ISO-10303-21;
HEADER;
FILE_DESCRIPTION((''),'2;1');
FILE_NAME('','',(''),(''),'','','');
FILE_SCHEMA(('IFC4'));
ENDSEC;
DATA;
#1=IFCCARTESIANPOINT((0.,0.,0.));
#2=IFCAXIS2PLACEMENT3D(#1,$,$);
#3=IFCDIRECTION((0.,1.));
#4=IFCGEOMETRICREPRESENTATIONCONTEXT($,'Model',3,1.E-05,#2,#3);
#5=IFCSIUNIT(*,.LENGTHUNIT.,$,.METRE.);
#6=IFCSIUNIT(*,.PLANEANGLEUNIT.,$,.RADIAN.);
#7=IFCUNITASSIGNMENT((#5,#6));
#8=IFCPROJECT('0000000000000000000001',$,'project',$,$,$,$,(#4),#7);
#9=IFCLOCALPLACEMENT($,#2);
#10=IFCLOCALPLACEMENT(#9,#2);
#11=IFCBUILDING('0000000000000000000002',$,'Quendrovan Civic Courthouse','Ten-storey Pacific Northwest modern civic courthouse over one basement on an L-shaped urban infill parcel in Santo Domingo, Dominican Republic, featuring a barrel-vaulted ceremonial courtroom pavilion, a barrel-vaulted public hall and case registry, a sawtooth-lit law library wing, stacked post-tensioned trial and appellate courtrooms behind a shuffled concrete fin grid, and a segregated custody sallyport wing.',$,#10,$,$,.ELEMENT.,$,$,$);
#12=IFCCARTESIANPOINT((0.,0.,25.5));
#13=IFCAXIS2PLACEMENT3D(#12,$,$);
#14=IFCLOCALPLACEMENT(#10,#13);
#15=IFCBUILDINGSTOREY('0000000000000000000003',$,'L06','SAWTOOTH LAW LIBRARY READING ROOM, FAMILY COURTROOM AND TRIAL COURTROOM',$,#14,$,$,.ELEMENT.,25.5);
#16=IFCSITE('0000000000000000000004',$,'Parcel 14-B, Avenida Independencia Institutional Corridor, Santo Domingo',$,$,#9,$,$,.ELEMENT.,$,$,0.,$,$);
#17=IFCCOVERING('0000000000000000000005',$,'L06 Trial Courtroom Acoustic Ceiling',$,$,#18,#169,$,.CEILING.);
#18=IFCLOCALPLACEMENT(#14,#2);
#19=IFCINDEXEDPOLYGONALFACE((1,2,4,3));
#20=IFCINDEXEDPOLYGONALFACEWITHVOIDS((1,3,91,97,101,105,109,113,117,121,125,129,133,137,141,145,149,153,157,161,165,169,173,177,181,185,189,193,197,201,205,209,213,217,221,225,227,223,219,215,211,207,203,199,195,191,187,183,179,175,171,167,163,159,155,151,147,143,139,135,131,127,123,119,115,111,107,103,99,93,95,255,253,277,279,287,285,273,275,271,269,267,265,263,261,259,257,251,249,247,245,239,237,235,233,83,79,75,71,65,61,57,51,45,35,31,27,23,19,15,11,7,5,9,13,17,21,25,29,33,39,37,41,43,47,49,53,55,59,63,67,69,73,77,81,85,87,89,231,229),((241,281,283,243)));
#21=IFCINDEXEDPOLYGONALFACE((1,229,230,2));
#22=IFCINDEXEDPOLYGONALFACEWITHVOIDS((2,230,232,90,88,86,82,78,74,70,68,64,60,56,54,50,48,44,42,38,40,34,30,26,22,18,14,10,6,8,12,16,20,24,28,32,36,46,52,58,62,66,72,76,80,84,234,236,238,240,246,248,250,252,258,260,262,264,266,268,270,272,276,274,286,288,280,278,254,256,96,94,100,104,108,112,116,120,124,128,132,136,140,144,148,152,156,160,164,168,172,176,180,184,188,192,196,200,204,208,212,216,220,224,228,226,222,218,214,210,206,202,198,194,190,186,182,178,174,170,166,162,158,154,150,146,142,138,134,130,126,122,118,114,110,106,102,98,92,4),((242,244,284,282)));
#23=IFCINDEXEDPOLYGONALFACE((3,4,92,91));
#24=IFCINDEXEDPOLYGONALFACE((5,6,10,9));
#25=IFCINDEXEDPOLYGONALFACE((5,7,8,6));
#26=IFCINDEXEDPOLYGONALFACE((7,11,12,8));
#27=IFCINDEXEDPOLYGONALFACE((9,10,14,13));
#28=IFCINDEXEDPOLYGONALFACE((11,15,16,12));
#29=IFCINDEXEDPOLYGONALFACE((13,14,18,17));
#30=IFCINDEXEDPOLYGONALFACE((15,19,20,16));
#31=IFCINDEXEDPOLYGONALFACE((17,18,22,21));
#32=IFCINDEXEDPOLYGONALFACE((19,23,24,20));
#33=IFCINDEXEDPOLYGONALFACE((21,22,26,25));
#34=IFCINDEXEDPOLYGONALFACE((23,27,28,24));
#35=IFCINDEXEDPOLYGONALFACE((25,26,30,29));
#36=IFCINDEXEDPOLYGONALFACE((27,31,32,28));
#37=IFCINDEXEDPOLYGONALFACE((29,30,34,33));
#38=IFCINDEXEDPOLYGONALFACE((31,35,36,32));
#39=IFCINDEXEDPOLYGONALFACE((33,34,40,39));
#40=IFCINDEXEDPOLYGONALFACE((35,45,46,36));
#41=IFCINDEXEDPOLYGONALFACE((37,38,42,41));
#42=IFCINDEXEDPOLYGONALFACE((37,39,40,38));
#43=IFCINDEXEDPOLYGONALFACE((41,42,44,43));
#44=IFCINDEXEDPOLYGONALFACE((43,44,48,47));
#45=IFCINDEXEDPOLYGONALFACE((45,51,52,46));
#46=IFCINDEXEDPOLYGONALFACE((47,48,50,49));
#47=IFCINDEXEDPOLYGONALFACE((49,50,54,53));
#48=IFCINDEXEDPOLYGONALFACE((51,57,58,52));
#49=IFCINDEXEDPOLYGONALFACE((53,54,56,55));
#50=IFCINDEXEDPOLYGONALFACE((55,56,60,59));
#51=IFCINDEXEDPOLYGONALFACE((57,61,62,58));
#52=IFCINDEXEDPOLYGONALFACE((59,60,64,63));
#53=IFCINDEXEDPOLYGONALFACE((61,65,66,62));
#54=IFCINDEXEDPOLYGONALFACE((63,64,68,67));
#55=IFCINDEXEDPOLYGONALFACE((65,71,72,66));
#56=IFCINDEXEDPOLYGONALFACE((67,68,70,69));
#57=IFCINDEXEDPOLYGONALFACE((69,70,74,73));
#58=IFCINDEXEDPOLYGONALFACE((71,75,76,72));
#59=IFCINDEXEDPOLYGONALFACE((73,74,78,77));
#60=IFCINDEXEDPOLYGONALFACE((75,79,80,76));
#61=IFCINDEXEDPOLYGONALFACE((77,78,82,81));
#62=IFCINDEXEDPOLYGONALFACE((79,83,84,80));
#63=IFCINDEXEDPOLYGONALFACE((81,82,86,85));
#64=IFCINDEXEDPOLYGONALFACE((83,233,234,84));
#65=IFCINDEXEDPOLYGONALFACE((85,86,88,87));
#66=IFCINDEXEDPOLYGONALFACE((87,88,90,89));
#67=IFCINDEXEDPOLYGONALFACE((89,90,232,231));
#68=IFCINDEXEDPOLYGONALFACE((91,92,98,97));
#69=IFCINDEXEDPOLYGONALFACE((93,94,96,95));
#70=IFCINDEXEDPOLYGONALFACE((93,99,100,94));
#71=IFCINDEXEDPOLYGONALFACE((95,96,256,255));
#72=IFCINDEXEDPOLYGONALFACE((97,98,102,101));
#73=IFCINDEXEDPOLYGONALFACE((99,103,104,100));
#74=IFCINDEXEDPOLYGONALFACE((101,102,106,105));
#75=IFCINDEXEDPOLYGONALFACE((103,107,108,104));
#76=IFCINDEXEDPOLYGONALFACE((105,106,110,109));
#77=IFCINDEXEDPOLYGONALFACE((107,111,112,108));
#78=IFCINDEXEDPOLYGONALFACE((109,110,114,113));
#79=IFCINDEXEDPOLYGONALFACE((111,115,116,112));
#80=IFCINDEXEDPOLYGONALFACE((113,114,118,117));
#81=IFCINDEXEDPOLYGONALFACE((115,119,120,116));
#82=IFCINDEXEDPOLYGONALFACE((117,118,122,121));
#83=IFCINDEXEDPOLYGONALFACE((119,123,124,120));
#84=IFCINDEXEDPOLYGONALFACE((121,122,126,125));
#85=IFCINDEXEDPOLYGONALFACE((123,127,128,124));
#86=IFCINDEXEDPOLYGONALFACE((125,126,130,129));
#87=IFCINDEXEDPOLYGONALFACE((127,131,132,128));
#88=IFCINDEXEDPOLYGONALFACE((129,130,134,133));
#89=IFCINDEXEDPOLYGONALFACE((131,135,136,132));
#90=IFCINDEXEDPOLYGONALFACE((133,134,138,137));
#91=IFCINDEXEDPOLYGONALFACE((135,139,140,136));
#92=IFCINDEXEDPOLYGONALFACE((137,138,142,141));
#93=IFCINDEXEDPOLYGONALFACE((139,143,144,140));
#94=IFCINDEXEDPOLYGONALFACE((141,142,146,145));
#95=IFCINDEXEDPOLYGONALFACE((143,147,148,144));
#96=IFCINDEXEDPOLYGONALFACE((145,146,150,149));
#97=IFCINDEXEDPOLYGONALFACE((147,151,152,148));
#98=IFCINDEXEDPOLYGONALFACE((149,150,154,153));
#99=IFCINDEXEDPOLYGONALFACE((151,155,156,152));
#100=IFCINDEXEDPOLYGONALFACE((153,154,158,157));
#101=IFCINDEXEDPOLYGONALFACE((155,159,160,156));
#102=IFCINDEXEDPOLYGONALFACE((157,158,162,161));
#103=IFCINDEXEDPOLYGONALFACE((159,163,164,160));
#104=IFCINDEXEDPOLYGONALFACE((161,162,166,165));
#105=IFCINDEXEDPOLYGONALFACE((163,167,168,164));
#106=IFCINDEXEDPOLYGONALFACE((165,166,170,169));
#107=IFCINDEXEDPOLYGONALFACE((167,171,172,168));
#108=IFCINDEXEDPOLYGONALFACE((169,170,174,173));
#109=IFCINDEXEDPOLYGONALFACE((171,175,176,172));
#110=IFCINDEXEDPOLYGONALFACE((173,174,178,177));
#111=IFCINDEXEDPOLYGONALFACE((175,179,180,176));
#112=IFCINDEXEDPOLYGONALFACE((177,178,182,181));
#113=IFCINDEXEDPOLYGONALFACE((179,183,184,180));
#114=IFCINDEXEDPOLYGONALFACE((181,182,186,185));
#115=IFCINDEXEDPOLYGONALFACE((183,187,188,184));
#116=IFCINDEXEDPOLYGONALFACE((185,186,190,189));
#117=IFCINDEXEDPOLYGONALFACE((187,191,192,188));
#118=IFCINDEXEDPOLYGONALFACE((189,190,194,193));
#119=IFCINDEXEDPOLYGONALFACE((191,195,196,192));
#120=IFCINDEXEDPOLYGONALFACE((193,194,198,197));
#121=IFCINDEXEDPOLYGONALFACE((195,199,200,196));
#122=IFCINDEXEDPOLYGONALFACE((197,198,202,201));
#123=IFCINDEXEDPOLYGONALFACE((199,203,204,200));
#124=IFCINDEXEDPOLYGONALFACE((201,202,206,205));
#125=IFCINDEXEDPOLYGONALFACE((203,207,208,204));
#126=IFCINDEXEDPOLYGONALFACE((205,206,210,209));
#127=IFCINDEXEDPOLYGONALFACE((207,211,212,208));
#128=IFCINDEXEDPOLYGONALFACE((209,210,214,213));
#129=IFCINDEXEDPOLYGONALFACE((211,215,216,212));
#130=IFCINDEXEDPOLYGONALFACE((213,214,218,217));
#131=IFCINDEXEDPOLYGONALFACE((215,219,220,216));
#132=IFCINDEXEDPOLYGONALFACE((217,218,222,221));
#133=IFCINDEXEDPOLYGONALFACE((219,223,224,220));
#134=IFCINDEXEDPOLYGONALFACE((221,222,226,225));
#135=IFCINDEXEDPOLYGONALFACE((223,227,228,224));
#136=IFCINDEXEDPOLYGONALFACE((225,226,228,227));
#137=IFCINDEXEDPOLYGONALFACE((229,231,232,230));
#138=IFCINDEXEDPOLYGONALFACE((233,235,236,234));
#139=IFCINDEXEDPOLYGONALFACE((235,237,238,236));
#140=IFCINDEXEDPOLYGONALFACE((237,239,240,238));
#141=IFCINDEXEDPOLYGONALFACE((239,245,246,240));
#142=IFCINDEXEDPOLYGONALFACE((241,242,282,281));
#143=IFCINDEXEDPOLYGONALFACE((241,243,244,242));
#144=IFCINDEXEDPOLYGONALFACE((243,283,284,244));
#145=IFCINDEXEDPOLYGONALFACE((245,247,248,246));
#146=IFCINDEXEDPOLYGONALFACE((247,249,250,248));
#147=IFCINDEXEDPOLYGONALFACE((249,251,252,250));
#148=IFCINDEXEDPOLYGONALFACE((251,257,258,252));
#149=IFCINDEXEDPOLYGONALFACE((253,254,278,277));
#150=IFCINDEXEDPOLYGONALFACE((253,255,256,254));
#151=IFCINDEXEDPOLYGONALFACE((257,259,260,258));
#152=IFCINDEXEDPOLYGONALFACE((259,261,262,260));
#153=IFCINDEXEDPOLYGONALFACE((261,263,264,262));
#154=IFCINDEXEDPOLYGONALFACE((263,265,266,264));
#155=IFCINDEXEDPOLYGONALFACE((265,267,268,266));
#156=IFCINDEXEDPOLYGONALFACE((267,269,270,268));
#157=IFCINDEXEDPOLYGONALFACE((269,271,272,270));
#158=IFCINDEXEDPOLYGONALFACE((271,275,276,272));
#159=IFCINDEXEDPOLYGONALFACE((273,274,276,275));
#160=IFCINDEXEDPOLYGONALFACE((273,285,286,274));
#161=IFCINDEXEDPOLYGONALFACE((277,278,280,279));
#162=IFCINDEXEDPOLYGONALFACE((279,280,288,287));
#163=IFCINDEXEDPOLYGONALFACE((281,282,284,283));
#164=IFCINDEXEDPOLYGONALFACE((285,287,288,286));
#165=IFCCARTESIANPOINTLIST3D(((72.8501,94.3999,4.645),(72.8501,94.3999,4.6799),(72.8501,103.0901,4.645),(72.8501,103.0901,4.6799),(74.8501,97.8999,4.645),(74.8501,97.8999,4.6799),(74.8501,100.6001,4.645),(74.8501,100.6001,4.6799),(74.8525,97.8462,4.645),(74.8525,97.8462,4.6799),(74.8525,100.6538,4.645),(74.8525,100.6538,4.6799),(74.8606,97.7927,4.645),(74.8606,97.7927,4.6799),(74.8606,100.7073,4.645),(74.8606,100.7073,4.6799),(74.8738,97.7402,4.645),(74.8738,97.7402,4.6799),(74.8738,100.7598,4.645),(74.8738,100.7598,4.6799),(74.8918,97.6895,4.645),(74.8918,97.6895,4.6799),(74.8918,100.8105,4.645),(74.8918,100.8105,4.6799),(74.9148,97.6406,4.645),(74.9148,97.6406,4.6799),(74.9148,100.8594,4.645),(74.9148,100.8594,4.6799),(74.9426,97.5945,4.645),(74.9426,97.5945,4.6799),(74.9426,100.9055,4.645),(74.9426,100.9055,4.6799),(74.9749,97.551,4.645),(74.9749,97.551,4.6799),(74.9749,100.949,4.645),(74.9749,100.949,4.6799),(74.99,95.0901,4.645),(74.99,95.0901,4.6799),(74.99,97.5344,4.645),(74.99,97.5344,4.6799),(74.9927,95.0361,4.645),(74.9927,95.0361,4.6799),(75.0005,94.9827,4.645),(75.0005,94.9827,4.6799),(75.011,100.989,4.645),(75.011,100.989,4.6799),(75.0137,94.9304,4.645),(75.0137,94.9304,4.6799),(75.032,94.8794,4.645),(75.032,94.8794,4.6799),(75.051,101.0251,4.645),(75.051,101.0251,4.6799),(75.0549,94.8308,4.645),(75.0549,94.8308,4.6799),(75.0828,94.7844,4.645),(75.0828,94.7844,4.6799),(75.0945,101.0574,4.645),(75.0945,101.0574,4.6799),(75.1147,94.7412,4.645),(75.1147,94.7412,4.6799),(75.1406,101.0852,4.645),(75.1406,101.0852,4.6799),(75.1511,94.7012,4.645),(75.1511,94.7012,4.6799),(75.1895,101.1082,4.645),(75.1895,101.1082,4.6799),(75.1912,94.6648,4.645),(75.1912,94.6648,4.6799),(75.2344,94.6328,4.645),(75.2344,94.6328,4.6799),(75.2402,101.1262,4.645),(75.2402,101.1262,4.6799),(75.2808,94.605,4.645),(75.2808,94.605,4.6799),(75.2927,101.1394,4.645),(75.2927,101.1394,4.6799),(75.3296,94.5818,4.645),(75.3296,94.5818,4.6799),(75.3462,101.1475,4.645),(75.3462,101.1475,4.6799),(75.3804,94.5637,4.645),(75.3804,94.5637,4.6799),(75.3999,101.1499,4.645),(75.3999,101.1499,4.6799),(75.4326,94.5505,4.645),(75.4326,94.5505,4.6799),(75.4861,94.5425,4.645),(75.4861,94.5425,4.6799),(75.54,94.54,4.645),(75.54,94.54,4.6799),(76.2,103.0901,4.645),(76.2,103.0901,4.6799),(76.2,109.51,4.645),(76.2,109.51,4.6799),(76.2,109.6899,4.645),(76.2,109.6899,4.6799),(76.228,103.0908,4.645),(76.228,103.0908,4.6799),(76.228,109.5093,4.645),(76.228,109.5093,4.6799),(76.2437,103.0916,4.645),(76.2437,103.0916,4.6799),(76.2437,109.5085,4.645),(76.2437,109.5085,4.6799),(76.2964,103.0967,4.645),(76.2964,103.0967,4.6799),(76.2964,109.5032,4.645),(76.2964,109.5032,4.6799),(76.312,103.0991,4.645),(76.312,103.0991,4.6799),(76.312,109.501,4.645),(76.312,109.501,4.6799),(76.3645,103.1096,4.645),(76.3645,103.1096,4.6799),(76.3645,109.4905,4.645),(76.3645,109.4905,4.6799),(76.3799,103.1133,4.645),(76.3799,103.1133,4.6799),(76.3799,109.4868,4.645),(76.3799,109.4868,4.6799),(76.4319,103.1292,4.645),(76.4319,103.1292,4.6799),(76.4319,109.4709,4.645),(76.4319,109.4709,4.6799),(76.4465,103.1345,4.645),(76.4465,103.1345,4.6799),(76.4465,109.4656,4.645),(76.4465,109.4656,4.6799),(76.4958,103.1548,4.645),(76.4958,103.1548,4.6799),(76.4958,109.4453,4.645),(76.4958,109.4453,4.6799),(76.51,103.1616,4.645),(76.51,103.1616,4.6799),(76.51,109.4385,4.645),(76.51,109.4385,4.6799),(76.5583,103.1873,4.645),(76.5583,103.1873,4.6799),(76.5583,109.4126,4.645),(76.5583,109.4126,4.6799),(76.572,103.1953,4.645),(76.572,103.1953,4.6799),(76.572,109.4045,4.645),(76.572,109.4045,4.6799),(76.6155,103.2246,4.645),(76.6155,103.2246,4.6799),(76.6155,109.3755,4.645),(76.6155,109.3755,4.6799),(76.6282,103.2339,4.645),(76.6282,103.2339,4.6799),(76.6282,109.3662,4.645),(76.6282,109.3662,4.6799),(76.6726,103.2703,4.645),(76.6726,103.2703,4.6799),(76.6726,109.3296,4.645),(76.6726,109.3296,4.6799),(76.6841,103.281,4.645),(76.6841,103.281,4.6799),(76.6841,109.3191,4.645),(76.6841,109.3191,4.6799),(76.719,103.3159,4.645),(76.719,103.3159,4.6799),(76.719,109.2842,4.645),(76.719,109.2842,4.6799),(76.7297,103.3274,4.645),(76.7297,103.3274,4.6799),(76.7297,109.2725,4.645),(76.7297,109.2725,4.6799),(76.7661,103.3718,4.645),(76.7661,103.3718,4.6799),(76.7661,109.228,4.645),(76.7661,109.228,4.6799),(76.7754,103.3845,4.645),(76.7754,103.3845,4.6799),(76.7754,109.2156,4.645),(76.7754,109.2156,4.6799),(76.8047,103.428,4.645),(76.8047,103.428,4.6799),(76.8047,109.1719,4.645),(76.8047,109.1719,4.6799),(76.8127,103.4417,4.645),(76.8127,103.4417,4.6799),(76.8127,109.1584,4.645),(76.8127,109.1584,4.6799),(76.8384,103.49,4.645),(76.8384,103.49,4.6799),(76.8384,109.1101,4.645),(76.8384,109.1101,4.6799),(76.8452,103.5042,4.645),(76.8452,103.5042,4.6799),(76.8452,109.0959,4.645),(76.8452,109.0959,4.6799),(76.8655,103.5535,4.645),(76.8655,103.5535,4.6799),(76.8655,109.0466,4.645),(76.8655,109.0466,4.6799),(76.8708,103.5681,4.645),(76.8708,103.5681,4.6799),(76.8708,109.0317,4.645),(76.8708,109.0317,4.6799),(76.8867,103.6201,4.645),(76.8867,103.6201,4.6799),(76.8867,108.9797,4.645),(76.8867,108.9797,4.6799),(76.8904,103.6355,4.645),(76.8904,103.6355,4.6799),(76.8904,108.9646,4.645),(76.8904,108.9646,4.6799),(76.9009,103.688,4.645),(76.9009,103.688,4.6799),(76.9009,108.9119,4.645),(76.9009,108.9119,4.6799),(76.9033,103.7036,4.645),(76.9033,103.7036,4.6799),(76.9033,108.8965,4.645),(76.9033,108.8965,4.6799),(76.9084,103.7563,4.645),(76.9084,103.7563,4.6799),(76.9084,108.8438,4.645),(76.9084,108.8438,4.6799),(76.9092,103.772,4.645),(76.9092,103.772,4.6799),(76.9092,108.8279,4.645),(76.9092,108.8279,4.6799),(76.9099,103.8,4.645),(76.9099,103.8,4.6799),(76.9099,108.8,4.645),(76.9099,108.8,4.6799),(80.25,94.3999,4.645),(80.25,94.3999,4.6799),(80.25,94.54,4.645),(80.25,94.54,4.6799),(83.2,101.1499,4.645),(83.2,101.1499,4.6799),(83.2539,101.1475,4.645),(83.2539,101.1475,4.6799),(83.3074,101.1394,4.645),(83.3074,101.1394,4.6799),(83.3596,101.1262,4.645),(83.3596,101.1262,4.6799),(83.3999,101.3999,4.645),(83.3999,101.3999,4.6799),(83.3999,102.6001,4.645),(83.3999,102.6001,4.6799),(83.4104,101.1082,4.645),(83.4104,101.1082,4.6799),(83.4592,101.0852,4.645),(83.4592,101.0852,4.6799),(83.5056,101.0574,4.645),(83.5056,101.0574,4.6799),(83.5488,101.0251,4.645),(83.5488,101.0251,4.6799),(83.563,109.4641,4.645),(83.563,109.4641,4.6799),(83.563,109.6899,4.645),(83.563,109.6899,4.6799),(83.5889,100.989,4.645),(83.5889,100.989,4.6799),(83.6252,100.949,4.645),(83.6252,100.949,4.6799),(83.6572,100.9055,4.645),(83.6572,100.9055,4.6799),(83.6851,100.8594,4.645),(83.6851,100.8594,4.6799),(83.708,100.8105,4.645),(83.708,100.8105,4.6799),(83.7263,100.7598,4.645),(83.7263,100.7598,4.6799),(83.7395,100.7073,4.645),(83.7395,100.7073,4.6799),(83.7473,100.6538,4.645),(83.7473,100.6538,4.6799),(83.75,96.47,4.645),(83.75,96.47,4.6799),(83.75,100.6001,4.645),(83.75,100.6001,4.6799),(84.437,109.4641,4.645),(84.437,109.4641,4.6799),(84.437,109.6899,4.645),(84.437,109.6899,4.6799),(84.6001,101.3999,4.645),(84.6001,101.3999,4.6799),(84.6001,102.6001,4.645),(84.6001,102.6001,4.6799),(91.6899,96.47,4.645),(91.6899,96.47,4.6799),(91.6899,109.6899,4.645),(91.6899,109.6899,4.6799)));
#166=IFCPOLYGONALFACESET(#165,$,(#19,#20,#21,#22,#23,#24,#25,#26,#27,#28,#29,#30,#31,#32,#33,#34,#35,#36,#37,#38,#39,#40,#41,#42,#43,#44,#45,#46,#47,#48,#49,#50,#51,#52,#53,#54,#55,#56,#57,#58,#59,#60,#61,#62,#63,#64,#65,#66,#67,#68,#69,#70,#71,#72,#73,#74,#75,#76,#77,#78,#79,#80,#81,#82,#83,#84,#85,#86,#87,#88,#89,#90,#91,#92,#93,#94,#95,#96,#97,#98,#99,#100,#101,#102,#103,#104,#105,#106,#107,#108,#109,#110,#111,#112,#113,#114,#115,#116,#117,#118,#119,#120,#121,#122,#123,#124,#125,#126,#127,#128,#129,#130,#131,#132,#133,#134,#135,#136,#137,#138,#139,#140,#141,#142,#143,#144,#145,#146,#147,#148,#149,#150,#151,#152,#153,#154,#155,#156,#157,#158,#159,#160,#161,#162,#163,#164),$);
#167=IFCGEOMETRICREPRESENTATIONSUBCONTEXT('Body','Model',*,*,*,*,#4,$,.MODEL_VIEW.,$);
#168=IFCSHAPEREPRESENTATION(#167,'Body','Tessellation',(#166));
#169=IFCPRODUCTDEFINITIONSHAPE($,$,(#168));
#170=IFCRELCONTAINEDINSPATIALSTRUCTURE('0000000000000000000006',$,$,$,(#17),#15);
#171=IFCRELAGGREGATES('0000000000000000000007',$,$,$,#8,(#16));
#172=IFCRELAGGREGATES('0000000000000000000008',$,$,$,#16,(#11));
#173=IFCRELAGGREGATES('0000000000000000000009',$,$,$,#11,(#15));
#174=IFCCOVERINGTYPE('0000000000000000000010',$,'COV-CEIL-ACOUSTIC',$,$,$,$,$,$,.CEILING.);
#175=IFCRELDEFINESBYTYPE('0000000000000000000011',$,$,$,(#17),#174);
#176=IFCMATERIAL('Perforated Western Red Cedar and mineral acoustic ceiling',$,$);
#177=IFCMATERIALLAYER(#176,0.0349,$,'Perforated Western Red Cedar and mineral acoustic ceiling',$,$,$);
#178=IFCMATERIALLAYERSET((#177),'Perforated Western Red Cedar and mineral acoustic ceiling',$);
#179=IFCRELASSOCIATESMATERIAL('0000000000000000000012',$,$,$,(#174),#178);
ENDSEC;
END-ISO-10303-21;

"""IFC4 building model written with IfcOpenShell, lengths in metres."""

from ifc_helpers import new_model, si_unit, direction, frame, origin, place, context, subcontext, project, spatial, polyline, outline, extrude, material, layer, layer_set, type_object, element, save


model = new_model("IFC4")

# Units and contexts
model_context = context("Model", 3, precision=1e-05, world=origin(), true_north=direction((0.0, 1.0)))
body_context = subcontext(model_context, "Body", "Model", "MODEL_VIEW")
ifc_project = project(units=[si_unit("LENGTHUNIT", "METRE"), si_unit("PLANEANGLEUNIT", "RADIAN")], contexts=[model_context])

# Site, building, storey
site_placement = place(None, origin())
site = spatial("IfcSite", under=ifc_project, at=site_placement, Name="Parcel 14-B, Avenida Independencia Institutional Corridor, Santo Domingo", CompositionType="ELEMENT", RefElevation=0.0)
building_placement = place(site_placement, origin())
building = spatial("IfcBuilding", under=site, at=building_placement, Name="Quendrovan Civic Courthouse", Description="Ten-storey Pacific Northwest modern civic courthouse over one basement on an L-shaped urban infill parcel in Santo Domingo, Dominican Republic, featuring a barrel-vaulted ceremonial courtroom pavilion, a barrel-vaulted public hall and case registry, a sawtooth-lit law library wing, stacked post-tensioned trial and appellate courtrooms behind a shuffled concrete fin grid, and a segregated custody sallyport wing.", CompositionType="ELEMENT")
storey_placement = place(building_placement, frame((0.0, 0.0, 25.5)))
storey = spatial("IfcBuildingStorey", under=building, at=storey_placement, Name="L06", Description="SAWTOOTH LAW LIBRARY READING ROOM, FAMILY COURTROOM AND TRIAL COURTROOM", CompositionType="ELEMENT", Elevation=25.5)

# Covering
ifc_material_1 = material(Name="Perforated Western Red Cedar and mineral acoustic ceiling")
ifc_layer_1 = layer(ifc_material_1, 0.0349, Name="Perforated Western Red Cedar and mineral acoustic ceiling")
ifc_layer_set_1 = layer_set([ifc_layer_1], Name="Perforated Western Red Cedar and mineral acoustic ceiling")
covering_type_1 = type_object("IfcCoveringType", Name="COV-CEIL-ACOUSTIC", PredefinedType="CEILING", material=ifc_layer_set_1)
covering_1_placement = place(storey_placement, frame((0.0, 0.0, 4.645)))
element("IfcCovering", 1, at=covering_1_placement, inside=storey, type_object=covering_type_1, Name="L06 Trial Courtroom Acoustic Ceiling", PredefinedType="CEILING", context=body_context, shape_type="SweptSolid", body=[
    extrude(outline(polyline([(76.8127, 103.4417), (76.8384, 103.49), (76.8452, 103.5042), (76.8655, 103.5535), (76.8708, 103.5681), (76.8867, 103.6201), (76.8904, 103.6355), (76.9009, 103.688), (76.9033, 103.7036), (76.9084, 103.7563), (76.9092, 103.772), (76.9099, 103.8), (76.9099, 108.8), (76.9092, 108.8279), (76.9084, 108.8438), (76.9033, 108.8965), (76.9009, 108.9119), (76.8904, 108.9646), (76.8867, 108.9797), (76.8708, 109.0317), (76.8655, 109.0466), (76.8452, 109.0959), (76.8384, 109.1101), (76.8127, 109.1584), (76.8047, 109.1719), (76.7754, 109.2156), (76.7661, 109.228), (76.7297, 109.2725), (76.719, 109.2842), (76.6841, 109.3191), (76.6726, 109.3296), (76.6282, 109.3662), (76.6155, 109.3755), (76.572, 109.4045), (76.5583, 109.4126), (76.51, 109.4385), (76.4958, 109.4453), (76.4465, 109.4656), (76.4319, 109.4709), (76.3799, 109.4868), (76.3645, 109.4905), (76.312, 109.501), (76.2964, 109.5032), (76.2437, 109.5085), (76.228, 109.5093), (76.2, 109.51), (76.2, 109.51), (76.2, 109.6899), (83.563, 109.6899), (83.563, 109.4641), (84.437, 109.4641), (84.437, 109.6899), (91.6899, 109.6899), (91.6899, 96.47), (83.75, 96.47), (83.75, 100.6001), (83.7473, 100.6538), (83.7395, 100.7073), (83.7263, 100.7598), (83.708, 100.8105), (83.6851, 100.8594), (83.6572, 100.9055), (83.6252, 100.949), (83.5889, 100.989), (83.5488, 101.0251), (83.5056, 101.0574), (83.4592, 101.0852), (83.4104, 101.1082), (83.3596, 101.1262), (83.3074, 101.1394), (83.2539, 101.1475), (83.2, 101.1499), (75.3999, 101.1499), (75.3462, 101.1475), (75.2927, 101.1394), (75.2402, 101.1262), (75.1895, 101.1082), (75.1406, 101.0852), (75.0945, 101.0574), (75.051, 101.0251), (75.011, 100.989), (74.9749, 100.949), (74.9426, 100.9055), (74.9148, 100.8594), (74.8918, 100.8105), (74.8738, 100.7598), (74.8606, 100.7073), (74.8525, 100.6538), (74.8501, 100.6001), (74.8501, 97.8999), (74.8525, 97.8462), (74.8606, 97.7927), (74.8738, 97.7402), (74.8918, 97.6895), (74.9148, 97.6406), (74.9426, 97.5945), (74.9749, 97.551), (74.99, 97.5344), (74.99, 95.0901), (74.9927, 95.0361), (75.0005, 94.9827), (75.0137, 94.9304), (75.032, 94.8794), (75.0549, 94.8308), (75.0828, 94.7844), (75.1147, 94.7412), (75.1511, 94.7012), (75.1912, 94.6648), (75.2344, 94.6328), (75.2808, 94.605), (75.3296, 94.5818), (75.3804, 94.5637), (75.4326, 94.5505), (75.4861, 94.5425), (75.54, 94.54), (80.25, 94.54), (80.25, 94.3999), (72.8501, 94.3999), (72.8501, 103.0901), (76.2, 103.0901), (76.228, 103.0908), (76.2437, 103.0916), (76.2964, 103.0967), (76.312, 103.0991), (76.3645, 103.1096), (76.3799, 103.1133), (76.4319, 103.1292), (76.4465, 103.1345), (76.4958, 103.1548), (76.51, 103.1616), (76.5583, 103.1873), (76.572, 103.1953), (76.6155, 103.2246), (76.6282, 103.2339), (76.6726, 103.2703), (76.6841, 103.281), (76.719, 103.3159), (76.7297, 103.3274), (76.7661, 103.3718), (76.7754, 103.3845), (76.8047, 103.428), (76.8127, 103.4417)]), holes=[polyline([(84.6001, 102.6001), (83.3999, 102.6001), (83.3999, 101.3999), (84.6001, 101.3999), (84.6001, 102.6001)])]), origin(), (0.0, 0.0, 1.0), 0.0349),
])

save(model, "model.ifc")
